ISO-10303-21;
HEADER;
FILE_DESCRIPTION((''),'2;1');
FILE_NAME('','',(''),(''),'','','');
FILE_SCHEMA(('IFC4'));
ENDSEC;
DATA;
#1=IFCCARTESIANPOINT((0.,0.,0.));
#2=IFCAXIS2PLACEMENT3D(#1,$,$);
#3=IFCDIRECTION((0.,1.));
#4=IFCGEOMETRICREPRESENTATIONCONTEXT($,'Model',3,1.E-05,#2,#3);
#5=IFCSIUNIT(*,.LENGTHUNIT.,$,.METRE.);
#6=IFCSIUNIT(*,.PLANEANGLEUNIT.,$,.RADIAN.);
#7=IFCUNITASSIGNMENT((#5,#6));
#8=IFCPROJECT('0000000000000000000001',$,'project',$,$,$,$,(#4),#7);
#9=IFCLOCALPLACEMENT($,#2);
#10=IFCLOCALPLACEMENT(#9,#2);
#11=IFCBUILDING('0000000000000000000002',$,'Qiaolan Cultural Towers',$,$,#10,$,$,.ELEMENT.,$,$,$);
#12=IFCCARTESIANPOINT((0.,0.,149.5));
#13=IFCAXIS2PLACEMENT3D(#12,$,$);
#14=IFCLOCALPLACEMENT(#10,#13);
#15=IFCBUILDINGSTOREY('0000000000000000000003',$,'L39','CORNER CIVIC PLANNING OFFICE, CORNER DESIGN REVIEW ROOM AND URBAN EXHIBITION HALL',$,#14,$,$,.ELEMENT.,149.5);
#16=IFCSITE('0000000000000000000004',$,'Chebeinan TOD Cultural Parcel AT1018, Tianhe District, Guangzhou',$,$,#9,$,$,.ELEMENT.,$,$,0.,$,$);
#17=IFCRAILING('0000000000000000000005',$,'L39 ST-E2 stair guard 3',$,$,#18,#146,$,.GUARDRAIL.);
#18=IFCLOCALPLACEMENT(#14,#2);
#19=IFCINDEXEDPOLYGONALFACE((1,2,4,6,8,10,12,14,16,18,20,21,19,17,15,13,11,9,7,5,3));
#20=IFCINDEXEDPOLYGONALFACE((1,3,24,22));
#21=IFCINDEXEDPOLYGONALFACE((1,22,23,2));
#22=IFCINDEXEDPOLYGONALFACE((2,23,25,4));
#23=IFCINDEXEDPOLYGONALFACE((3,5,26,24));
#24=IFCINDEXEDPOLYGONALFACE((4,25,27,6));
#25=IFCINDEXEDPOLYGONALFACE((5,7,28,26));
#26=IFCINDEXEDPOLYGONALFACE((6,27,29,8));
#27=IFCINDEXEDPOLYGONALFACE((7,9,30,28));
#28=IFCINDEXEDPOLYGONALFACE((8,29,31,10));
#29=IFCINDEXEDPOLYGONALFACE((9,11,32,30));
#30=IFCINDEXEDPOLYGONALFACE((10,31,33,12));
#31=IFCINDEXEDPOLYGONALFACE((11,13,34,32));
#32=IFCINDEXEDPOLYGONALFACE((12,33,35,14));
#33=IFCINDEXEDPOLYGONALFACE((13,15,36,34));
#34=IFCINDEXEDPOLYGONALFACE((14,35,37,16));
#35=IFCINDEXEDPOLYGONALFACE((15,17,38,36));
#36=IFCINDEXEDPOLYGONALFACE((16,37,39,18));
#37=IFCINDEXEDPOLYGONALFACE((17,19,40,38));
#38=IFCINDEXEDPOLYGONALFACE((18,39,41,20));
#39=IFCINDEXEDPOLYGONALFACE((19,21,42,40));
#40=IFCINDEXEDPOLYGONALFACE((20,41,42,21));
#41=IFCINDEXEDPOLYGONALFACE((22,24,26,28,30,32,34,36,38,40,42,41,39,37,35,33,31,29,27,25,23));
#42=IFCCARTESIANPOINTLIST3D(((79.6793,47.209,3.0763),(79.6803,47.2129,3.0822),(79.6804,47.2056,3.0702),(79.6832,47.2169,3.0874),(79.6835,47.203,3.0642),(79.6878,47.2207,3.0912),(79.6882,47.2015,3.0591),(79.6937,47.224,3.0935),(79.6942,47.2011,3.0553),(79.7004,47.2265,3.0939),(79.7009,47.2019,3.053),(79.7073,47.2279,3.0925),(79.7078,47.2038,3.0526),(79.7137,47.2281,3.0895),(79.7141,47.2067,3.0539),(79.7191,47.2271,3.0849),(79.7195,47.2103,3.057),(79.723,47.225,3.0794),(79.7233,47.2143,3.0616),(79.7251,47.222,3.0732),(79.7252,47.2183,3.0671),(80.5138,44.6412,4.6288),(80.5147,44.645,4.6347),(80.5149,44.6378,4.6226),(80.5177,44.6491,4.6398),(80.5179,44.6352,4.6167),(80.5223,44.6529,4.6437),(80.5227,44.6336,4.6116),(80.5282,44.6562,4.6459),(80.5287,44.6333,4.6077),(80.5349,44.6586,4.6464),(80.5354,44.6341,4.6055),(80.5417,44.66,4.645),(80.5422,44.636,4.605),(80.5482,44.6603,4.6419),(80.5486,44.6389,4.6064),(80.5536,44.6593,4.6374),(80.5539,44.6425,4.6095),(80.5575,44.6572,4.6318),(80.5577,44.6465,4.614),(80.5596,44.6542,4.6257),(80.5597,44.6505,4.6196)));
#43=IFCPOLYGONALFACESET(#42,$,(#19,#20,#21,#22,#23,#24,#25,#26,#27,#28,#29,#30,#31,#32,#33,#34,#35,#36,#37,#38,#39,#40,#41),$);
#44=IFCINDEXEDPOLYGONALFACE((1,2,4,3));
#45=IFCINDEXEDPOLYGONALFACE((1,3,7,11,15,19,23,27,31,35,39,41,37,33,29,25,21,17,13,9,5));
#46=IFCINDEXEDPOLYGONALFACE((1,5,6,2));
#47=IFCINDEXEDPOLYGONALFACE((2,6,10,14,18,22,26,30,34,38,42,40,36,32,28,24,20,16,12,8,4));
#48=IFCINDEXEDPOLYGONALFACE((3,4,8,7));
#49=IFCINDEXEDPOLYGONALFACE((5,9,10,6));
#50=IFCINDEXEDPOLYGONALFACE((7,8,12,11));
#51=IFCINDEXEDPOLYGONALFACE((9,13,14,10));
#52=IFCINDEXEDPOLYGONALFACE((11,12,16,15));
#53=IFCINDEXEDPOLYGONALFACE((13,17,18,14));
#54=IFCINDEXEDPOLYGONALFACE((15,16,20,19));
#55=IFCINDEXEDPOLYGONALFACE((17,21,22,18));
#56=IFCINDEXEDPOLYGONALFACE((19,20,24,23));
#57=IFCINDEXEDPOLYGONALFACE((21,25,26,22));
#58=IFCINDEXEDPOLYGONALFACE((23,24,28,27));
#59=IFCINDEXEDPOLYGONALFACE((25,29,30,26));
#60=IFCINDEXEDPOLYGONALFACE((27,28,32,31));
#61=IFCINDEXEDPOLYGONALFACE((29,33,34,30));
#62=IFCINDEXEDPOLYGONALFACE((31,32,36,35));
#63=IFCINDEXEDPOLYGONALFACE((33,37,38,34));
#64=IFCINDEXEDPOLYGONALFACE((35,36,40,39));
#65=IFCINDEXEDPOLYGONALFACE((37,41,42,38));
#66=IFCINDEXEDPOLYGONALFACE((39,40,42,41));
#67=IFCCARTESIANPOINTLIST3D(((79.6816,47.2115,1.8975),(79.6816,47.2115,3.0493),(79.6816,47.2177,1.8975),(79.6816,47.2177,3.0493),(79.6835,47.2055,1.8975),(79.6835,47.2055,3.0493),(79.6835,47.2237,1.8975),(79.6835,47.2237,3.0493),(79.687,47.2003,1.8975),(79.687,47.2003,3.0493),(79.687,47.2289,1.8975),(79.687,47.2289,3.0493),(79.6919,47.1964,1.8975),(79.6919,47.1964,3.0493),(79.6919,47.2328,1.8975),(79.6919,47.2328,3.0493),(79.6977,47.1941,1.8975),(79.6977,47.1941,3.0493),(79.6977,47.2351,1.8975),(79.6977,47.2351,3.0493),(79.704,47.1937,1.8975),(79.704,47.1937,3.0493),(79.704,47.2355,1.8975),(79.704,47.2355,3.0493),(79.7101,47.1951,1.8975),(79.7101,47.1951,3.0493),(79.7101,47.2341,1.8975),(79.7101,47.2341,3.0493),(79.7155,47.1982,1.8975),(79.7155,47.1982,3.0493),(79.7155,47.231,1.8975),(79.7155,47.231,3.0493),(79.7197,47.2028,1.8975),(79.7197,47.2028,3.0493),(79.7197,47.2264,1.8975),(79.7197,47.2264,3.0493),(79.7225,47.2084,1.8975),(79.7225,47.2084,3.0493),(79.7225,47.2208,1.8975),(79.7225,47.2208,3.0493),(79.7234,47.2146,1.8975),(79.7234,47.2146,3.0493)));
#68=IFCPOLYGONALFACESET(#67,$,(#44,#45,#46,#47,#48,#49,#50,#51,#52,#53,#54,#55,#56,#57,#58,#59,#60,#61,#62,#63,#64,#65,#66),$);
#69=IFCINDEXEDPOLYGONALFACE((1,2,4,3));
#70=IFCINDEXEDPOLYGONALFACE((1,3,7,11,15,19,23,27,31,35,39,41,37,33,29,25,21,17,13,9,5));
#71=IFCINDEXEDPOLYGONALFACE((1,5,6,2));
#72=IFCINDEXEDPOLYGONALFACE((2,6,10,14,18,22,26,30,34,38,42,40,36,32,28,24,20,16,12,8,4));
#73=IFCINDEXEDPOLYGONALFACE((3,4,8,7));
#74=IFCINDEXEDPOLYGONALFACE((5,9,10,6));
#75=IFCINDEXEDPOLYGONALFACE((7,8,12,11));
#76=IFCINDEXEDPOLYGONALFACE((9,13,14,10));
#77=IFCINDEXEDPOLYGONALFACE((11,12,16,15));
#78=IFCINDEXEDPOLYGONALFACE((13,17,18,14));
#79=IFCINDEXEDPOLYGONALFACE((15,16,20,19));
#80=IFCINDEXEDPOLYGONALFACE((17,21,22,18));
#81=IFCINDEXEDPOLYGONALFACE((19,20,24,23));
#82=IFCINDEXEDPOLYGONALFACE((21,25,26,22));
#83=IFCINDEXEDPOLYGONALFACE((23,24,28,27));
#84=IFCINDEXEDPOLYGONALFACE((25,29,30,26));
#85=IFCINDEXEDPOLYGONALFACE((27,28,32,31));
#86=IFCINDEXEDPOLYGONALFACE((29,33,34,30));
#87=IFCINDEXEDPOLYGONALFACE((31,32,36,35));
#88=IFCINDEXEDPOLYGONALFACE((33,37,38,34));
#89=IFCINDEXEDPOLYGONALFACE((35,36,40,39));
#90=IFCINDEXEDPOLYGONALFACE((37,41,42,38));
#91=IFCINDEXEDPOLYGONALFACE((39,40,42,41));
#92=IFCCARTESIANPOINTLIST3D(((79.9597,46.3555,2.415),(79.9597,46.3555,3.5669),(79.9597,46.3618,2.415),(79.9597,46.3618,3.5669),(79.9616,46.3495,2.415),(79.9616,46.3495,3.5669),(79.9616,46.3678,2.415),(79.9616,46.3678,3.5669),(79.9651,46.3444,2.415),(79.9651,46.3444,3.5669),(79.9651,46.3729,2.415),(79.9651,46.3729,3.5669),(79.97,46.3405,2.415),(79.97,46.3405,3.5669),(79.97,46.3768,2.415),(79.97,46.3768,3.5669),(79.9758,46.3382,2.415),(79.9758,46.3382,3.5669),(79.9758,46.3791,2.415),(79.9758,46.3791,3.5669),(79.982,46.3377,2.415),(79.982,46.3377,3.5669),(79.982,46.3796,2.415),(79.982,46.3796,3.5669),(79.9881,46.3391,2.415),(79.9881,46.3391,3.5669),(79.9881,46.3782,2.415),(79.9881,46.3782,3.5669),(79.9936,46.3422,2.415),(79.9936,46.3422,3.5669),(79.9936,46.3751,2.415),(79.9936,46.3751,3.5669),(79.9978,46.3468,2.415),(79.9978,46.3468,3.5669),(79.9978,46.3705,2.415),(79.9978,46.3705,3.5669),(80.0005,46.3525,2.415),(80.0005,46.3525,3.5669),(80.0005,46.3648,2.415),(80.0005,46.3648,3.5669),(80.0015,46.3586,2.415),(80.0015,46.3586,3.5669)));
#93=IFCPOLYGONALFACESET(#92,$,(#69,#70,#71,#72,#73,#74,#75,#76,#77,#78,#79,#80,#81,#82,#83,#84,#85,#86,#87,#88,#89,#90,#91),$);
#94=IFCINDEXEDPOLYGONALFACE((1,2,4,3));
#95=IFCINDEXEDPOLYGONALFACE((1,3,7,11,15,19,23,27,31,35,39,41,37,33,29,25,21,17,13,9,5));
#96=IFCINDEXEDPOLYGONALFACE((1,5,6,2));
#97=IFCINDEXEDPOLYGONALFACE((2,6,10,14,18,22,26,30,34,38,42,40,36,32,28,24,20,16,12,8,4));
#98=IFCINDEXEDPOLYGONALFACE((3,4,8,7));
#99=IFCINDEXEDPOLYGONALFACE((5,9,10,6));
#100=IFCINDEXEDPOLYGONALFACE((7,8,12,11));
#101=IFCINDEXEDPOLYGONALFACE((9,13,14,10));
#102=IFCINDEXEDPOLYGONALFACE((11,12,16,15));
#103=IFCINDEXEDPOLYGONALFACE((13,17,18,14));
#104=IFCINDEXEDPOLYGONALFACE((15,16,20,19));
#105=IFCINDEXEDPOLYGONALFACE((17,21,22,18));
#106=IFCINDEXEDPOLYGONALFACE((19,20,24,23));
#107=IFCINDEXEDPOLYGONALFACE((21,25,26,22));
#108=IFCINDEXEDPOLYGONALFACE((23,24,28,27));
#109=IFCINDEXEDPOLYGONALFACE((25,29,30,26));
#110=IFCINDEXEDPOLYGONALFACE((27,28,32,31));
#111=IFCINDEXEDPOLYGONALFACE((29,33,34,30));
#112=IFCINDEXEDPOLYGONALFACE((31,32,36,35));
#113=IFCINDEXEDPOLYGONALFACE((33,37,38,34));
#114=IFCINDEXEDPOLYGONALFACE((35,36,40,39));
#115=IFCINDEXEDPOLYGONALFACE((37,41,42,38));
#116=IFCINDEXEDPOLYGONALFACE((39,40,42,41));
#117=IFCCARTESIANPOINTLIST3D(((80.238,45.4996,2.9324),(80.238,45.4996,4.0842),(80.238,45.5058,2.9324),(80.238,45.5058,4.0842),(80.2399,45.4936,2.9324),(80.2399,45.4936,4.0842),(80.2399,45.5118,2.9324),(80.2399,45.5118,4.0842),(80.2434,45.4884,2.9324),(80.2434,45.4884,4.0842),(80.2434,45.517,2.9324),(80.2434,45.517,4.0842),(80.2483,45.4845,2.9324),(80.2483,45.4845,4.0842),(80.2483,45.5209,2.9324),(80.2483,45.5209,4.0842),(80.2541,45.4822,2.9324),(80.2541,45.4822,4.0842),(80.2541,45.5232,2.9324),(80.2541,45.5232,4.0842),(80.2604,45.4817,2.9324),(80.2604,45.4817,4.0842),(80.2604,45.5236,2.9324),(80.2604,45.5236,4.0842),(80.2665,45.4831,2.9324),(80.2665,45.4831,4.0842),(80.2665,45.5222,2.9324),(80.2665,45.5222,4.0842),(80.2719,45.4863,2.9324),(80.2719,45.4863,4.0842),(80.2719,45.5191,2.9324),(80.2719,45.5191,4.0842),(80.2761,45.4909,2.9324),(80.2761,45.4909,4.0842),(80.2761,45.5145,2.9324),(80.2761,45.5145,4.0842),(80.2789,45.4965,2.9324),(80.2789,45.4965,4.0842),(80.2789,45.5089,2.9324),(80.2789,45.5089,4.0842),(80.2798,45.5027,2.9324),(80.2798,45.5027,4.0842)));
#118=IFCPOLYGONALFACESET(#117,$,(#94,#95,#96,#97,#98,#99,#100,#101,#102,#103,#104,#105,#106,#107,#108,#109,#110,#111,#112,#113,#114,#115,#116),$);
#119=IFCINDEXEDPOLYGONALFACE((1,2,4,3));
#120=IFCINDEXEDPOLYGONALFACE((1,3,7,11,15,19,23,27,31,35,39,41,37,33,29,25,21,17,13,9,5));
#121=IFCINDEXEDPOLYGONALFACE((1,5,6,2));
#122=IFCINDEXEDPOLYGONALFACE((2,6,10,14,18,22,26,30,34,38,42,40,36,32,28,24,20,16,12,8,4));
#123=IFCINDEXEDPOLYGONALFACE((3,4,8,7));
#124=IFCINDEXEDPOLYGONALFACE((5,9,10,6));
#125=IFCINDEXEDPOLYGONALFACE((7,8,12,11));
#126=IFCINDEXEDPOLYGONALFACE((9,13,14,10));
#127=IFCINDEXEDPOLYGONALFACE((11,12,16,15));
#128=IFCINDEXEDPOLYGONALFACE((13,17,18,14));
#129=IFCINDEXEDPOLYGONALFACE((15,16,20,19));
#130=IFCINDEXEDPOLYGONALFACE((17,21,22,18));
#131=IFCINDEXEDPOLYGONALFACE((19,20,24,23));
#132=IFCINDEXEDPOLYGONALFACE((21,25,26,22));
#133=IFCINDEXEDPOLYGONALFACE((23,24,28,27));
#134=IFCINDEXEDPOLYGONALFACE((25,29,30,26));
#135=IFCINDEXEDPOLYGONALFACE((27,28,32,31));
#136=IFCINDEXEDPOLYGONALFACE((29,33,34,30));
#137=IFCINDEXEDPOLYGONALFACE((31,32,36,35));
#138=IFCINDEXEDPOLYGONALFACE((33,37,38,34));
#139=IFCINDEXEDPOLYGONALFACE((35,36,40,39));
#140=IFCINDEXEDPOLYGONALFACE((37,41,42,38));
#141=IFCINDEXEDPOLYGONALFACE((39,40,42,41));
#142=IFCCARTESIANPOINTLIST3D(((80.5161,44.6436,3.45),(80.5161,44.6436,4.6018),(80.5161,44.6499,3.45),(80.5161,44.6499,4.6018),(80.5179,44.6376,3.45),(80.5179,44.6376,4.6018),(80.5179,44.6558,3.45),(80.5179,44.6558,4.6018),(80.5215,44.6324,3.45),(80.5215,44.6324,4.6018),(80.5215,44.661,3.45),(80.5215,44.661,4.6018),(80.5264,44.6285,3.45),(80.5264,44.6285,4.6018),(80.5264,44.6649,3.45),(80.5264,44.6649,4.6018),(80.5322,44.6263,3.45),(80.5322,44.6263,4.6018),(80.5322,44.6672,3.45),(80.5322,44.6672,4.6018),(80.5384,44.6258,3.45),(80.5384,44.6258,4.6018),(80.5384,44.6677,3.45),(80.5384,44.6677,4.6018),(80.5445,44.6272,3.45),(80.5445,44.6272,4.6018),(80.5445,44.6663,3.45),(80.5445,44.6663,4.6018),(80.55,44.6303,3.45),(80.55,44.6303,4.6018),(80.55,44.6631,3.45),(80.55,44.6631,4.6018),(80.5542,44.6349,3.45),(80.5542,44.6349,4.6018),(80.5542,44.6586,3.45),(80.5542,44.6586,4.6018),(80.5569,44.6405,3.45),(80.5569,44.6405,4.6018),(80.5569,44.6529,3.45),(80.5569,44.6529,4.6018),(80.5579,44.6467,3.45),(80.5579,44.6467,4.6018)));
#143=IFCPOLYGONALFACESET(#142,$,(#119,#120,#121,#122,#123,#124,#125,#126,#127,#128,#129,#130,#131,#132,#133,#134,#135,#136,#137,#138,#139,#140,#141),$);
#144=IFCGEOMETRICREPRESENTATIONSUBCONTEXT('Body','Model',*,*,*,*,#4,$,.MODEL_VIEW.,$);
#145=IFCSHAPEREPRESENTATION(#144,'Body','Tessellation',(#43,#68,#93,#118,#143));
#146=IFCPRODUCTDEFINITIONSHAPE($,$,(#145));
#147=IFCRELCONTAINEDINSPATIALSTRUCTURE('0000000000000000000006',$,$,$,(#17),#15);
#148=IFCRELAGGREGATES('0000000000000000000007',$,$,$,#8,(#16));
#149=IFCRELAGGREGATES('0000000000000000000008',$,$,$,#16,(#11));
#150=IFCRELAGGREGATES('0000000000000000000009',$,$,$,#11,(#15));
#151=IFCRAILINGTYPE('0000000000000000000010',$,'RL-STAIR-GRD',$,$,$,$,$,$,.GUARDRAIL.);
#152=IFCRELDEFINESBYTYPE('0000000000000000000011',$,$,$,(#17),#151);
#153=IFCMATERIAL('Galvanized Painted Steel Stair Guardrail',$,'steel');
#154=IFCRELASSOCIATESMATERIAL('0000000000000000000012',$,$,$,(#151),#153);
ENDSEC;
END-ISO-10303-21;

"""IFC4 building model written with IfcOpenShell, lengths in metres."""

from ifc_helpers import new_model, si_unit, direction, frame, origin, origin_2d, place, context, subcontext, project, spatial, circle, extrude, material, type_object, element, save


model = new_model("IFC4")

# Units and contexts
model_context = context("Model", 3, precision=1e-05, world=origin(), true_north=direction((0.0, 1.0)))
body_context = subcontext(model_context, "Body", "Model", "MODEL_VIEW")
ifc_project = project(units=[si_unit("LENGTHUNIT", "METRE"), si_unit("PLANEANGLEUNIT", "RADIAN")], contexts=[model_context])

# Site, building, storey
site_placement = place(None, origin())
site = spatial("IfcSite", under=ifc_project, at=site_placement, Name="Chebeinan TOD Cultural Parcel AT1018, Tianhe District, Guangzhou", CompositionType="ELEMENT", RefElevation=0.0)
building_placement = place(site_placement, origin())
building = spatial("IfcBuilding", under=site, at=building_placement, Name="Qiaolan Cultural Towers", CompositionType="ELEMENT")
storey_placement = place(building_placement, frame((0.0, 0.0, 149.5)))
storey = spatial("IfcBuildingStorey", under=building, at=storey_placement, Name="L39", Description="CORNER CIVIC PLANNING OFFICE, CORNER DESIGN REVIEW ROOM AND URBAN EXHIBITION HALL", CompositionType="ELEMENT", Elevation=149.5)

# Railing
ifc_material_1 = material(Name="Galvanized Painted Steel Stair Guardrail", Category="steel")
railing_type_1 = type_object("IfcRailingType", Name="RL-STAIR-GRD", PredefinedType="GUARDRAIL", material=ifc_material_1)
railing_1_placement = place(storey_placement, frame((79.7024, 47.2146, 1.8975)))
element("IfcRailing", 1, at=railing_1_placement, inside=storey, type_object=railing_type_1, Name="L39 ST-E2 stair guard 3", PredefinedType="GUARDRAIL", context=body_context, shape_type="SweptSolid", body=[
    extrude(circle(Radius=0.0239, at=origin_2d()), frame((0.0, 0.0, 1.1758), z_axis=(0.267926, -0.824471, 0.498461), x_axis=(0.951043, 0.309057, 0.0)), (0.0, 0.0, 1.0), 3.1145),
    extrude(circle(Radius=0.021, at=origin_2d()), origin(), (0.0, 0.0, 1.0), 1.1519),
    extrude(circle(Radius=0.021, at=origin_2d()), frame((0.2781, -0.856, 0.5176)), (0.0, 0.0, 1.0), 1.1519),
    extrude(circle(Radius=0.021, at=origin_2d()), frame((0.5564, -1.7119, 1.0349)), (0.0, 0.0, 1.0), 1.1519),
    extrude(circle(Radius=0.021, at=origin_2d()), frame((0.8345, -2.5679, 1.5525)), (0.0, 0.0, 1.0), 1.1519),
])

save(model, "model.ifc")
